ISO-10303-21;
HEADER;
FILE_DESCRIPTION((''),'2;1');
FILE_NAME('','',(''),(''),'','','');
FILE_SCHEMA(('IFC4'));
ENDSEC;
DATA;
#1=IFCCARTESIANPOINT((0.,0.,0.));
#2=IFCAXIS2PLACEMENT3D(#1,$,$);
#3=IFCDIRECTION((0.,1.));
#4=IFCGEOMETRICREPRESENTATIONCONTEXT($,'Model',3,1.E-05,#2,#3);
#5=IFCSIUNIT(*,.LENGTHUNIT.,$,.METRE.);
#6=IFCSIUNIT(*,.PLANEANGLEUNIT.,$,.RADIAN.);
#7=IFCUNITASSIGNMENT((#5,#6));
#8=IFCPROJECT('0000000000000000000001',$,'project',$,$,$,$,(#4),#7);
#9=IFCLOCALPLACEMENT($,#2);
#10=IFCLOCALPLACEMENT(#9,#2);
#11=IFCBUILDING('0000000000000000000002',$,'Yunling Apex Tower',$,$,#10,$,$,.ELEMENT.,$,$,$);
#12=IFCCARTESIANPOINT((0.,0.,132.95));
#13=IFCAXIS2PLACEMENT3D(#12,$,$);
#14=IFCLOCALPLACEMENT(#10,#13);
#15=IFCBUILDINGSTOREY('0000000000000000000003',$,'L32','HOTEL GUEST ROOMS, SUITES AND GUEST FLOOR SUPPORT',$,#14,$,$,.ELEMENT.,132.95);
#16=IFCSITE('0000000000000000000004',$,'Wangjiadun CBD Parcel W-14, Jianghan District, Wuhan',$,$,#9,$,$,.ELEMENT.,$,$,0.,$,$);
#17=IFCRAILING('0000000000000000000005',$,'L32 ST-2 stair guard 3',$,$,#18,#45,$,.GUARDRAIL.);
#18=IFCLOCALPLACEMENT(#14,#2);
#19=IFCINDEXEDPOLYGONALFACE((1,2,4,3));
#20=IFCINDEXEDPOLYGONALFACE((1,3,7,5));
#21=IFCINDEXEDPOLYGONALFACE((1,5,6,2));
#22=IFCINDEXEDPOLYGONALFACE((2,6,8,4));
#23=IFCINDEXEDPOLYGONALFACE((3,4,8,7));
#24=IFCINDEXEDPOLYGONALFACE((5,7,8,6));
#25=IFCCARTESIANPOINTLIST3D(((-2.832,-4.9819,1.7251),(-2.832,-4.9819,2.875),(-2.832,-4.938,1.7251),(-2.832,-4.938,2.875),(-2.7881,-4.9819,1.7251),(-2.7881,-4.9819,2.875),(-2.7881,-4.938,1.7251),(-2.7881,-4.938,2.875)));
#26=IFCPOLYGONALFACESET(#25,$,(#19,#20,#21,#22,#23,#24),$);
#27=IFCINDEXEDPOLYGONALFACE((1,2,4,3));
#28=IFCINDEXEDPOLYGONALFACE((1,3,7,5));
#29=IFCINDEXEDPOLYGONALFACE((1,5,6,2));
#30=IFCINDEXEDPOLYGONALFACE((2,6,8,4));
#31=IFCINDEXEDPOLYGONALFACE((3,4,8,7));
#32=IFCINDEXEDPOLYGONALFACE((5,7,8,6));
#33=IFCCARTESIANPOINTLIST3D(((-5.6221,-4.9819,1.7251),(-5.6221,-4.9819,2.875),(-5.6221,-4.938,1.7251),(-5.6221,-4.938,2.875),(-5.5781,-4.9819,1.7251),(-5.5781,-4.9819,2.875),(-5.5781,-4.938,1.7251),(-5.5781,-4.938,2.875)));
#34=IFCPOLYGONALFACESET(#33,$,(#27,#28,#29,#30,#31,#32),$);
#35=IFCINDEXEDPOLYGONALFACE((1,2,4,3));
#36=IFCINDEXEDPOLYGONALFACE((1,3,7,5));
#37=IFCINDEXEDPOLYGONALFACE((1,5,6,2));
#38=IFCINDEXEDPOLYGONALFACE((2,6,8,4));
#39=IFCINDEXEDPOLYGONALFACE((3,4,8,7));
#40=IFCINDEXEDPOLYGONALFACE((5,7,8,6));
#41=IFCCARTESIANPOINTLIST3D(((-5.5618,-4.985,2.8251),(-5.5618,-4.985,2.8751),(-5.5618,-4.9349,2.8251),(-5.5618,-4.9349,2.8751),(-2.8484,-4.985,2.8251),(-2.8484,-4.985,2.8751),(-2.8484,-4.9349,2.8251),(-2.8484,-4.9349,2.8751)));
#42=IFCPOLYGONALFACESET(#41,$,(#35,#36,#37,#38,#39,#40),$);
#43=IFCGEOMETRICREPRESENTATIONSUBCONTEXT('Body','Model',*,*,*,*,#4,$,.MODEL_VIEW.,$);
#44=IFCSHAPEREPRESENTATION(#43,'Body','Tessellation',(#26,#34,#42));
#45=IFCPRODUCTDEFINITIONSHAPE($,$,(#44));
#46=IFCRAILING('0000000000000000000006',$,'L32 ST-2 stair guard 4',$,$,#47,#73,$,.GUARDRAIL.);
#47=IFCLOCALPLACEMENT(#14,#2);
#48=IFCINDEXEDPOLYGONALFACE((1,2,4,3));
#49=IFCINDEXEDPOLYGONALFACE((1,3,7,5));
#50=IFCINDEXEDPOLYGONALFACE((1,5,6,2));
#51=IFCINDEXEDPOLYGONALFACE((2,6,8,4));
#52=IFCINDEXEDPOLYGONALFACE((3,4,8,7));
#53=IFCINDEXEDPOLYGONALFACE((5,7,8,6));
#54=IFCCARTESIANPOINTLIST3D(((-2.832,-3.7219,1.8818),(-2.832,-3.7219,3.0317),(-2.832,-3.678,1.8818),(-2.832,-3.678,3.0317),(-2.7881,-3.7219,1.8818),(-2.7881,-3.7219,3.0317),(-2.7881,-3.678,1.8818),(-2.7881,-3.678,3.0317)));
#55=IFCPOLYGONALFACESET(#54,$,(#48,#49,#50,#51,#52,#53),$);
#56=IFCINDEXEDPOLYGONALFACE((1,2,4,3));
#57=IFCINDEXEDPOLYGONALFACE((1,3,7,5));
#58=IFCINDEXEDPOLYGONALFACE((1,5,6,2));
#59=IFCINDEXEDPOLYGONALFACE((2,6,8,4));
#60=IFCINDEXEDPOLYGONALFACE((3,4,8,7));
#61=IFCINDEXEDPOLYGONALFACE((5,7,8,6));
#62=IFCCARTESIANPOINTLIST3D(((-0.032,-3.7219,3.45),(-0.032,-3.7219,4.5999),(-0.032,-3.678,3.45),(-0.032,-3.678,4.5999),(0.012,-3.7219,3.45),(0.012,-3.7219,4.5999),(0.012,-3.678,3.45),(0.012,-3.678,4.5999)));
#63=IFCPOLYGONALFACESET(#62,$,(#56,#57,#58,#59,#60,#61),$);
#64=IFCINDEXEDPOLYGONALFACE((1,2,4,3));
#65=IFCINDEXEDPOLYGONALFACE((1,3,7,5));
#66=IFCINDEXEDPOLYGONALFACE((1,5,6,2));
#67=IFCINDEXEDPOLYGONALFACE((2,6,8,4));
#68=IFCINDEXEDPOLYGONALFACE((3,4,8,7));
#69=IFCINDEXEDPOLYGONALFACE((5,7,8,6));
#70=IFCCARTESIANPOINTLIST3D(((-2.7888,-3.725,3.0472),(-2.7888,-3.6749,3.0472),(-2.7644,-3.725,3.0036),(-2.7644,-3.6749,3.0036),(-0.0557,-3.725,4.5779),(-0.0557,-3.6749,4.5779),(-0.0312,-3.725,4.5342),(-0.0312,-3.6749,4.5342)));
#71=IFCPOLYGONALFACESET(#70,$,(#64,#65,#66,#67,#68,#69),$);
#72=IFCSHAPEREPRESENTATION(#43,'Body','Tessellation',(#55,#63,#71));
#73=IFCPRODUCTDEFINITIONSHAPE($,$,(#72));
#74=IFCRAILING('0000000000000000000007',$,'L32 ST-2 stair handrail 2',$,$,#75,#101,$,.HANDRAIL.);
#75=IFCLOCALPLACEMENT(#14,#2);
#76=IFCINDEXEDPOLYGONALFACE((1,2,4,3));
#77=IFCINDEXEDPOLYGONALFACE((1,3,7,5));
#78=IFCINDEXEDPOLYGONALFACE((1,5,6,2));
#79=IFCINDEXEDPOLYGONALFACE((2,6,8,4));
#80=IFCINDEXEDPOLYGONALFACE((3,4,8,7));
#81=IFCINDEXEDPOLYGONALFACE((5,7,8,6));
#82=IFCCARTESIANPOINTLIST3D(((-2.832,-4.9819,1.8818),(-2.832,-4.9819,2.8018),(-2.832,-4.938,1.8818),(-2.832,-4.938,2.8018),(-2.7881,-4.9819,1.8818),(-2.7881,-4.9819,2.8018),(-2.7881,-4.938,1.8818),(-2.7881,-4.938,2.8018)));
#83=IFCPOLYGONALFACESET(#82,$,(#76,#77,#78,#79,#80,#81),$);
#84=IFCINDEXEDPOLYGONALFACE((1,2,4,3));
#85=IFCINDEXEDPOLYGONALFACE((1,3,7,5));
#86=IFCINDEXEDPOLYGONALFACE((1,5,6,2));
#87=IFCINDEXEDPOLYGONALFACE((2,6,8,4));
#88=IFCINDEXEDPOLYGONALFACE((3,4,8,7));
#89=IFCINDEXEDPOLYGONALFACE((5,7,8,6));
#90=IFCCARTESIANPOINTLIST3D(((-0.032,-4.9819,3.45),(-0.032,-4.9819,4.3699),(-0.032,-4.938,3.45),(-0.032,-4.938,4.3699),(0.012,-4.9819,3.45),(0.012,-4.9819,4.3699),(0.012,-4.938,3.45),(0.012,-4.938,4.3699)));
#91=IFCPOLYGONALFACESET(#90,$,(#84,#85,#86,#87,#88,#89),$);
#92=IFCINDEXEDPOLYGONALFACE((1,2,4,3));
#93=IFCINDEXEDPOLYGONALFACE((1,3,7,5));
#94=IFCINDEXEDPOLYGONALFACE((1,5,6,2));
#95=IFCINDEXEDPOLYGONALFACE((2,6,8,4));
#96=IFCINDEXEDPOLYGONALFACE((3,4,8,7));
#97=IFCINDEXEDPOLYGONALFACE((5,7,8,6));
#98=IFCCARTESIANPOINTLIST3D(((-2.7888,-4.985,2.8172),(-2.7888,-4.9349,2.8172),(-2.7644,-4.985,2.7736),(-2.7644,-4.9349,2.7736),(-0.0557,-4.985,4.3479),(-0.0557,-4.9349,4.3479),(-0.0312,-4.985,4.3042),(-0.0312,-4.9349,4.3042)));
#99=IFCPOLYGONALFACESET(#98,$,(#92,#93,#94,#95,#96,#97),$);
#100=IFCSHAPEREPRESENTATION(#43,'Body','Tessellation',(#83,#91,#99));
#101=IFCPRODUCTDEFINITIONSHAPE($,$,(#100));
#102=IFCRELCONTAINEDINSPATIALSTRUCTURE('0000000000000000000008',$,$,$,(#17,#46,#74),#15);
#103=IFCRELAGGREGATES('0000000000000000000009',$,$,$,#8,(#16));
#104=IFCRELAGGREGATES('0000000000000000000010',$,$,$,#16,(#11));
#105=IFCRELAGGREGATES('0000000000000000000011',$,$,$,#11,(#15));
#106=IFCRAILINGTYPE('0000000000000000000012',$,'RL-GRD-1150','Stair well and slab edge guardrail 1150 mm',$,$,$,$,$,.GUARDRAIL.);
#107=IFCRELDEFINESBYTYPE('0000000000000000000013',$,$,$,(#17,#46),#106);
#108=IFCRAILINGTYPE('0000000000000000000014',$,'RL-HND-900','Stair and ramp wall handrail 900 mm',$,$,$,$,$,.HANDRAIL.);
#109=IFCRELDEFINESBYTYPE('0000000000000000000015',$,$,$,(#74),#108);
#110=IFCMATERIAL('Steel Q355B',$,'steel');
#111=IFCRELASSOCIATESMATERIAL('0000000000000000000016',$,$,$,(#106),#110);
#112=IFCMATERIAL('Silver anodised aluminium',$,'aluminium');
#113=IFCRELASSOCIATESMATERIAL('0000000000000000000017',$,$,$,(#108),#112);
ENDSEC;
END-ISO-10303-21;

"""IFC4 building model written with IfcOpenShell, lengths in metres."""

from ifc_helpers import new_model, si_unit, direction, frame, origin, origin_2d, place, context, subcontext, project, spatial, rectangle, extrude, material, type_object, element, save


model = new_model("IFC4")

# Units and contexts
model_context = context("Model", 3, precision=1e-05, world=origin(), true_north=direction((0.0, 1.0)))
body_context = subcontext(model_context, "Body", "Model", "MODEL_VIEW")
ifc_project = project(units=[si_unit("LENGTHUNIT", "METRE"), si_unit("PLANEANGLEUNIT", "RADIAN")], contexts=[model_context])

# Site, building, storey
site_placement = place(None, origin())
site = spatial("IfcSite", under=ifc_project, at=site_placement, Name="Wangjiadun CBD Parcel W-14, Jianghan District, Wuhan", CompositionType="ELEMENT", RefElevation=0.0)
building_placement = place(site_placement, origin())
building = spatial("IfcBuilding", under=site, at=building_placement, Name="Yunling Apex Tower", CompositionType="ELEMENT")
storey_placement = place(building_placement, frame((0.0, 0.0, 132.95)))
storey = spatial("IfcBuildingStorey", under=building, at=storey_placement, Name="L32", Description="HOTEL GUEST ROOMS, SUITES AND GUEST FLOOR SUPPORT", CompositionType="ELEMENT", Elevation=132.95)

# Shared definitions
ifc_material_1 = material(Name="Steel Q355B", Category="steel")

# Shared definitions
ifc_material_2 = material(Name="Silver anodised aluminium", Category="aluminium")

# Railings
railing_type_1 = type_object("IfcRailingType", Name="RL-GRD-1150", Description="Stair well and slab edge guardrail 1150 mm", PredefinedType="GUARDRAIL", material=ifc_material_1)
railing_1_placement = place(storey_placement, frame((-2.8101, -4.96, 1.7251)))
element("IfcRailing", 1, at=railing_1_placement, inside=storey, type_object=railing_type_1, Name="L32 ST-2 stair guard 3", PredefinedType="GUARDRAIL", context=body_context, shape_type="SweptSolid", body=[
    extrude(rectangle(XDim=0.0439, YDim=0.0439, at=origin_2d()), origin(), (0.0, 0.0, 1.0), 1.1499),
    extrude(rectangle(XDim=0.0439, YDim=0.0439, at=origin_2d()), frame((-2.79, 0.0, 0.0)), (0.0, 0.0, 1.0), 1.1499),
    extrude(rectangle(XDim=0.05, YDim=0.05, at=origin_2d()), frame((-0.0383, 0.0, 1.125), z_axis=(-1.0, 0.0, 0.0), x_axis=(0.0, -1.0, 0.0)), (0.0, 0.0, 1.0), 2.7134),
])
railing_2_placement = place(storey_placement, frame((-2.8101, -3.7, 1.8818)))
element("IfcRailing", 2, at=railing_2_placement, inside=storey, type_object=railing_type_1, Name="L32 ST-2 stair guard 4", PredefinedType="GUARDRAIL", context=body_context, shape_type="SweptSolid", body=[
    extrude(rectangle(XDim=0.0439, YDim=0.0439, at=origin_2d()), origin(), (0.0, 0.0, 1.0), 1.1499),
    extrude(rectangle(XDim=0.0439, YDim=0.0439, at=origin_2d()), frame((2.8, 0.0, 1.5681)), (0.0, 0.0, 1.0), 1.1499),
    extrude(rectangle(XDim=0.05, YDim=0.05, at=origin_2d()), frame((0.0334, 0.0, 1.1436), z_axis=(0.872494, 0.0, 0.488624), x_axis=(0.0, 1.0, 0.0)), (0.0, 0.0, 1.0), 3.1326),
])
railing_type_2 = type_object("IfcRailingType", Name="RL-HND-900", Description="Stair and ramp wall handrail 900 mm", PredefinedType="HANDRAIL", material=ifc_material_2)
railing_3_placement = place(storey_placement, frame((-2.8101, -4.96, 1.8818)))
element("IfcRailing", 3, at=railing_3_placement, inside=storey, type_object=railing_type_2, Name="L32 ST-2 stair handrail 2", PredefinedType="HANDRAIL", context=body_context, shape_type="SweptSolid", body=[
    extrude(rectangle(XDim=0.0439, YDim=0.0439, at=origin_2d()), origin(), (0.0, 0.0, 1.0), 0.9199),
    extrude(rectangle(XDim=0.0439, YDim=0.0439, at=origin_2d()), frame((2.8, 0.0, 1.5681)), (0.0, 0.0, 1.0), 0.9199),
    extrude(rectangle(XDim=0.05, YDim=0.05, at=origin_2d()), frame((0.0334, 0.0, 0.9136), z_axis=(0.872494, 0.0, 0.488624), x_axis=(0.0, 1.0, 0.0)), (0.0, 0.0, 1.0), 3.1326),
])

save(model, "model.ifc")
